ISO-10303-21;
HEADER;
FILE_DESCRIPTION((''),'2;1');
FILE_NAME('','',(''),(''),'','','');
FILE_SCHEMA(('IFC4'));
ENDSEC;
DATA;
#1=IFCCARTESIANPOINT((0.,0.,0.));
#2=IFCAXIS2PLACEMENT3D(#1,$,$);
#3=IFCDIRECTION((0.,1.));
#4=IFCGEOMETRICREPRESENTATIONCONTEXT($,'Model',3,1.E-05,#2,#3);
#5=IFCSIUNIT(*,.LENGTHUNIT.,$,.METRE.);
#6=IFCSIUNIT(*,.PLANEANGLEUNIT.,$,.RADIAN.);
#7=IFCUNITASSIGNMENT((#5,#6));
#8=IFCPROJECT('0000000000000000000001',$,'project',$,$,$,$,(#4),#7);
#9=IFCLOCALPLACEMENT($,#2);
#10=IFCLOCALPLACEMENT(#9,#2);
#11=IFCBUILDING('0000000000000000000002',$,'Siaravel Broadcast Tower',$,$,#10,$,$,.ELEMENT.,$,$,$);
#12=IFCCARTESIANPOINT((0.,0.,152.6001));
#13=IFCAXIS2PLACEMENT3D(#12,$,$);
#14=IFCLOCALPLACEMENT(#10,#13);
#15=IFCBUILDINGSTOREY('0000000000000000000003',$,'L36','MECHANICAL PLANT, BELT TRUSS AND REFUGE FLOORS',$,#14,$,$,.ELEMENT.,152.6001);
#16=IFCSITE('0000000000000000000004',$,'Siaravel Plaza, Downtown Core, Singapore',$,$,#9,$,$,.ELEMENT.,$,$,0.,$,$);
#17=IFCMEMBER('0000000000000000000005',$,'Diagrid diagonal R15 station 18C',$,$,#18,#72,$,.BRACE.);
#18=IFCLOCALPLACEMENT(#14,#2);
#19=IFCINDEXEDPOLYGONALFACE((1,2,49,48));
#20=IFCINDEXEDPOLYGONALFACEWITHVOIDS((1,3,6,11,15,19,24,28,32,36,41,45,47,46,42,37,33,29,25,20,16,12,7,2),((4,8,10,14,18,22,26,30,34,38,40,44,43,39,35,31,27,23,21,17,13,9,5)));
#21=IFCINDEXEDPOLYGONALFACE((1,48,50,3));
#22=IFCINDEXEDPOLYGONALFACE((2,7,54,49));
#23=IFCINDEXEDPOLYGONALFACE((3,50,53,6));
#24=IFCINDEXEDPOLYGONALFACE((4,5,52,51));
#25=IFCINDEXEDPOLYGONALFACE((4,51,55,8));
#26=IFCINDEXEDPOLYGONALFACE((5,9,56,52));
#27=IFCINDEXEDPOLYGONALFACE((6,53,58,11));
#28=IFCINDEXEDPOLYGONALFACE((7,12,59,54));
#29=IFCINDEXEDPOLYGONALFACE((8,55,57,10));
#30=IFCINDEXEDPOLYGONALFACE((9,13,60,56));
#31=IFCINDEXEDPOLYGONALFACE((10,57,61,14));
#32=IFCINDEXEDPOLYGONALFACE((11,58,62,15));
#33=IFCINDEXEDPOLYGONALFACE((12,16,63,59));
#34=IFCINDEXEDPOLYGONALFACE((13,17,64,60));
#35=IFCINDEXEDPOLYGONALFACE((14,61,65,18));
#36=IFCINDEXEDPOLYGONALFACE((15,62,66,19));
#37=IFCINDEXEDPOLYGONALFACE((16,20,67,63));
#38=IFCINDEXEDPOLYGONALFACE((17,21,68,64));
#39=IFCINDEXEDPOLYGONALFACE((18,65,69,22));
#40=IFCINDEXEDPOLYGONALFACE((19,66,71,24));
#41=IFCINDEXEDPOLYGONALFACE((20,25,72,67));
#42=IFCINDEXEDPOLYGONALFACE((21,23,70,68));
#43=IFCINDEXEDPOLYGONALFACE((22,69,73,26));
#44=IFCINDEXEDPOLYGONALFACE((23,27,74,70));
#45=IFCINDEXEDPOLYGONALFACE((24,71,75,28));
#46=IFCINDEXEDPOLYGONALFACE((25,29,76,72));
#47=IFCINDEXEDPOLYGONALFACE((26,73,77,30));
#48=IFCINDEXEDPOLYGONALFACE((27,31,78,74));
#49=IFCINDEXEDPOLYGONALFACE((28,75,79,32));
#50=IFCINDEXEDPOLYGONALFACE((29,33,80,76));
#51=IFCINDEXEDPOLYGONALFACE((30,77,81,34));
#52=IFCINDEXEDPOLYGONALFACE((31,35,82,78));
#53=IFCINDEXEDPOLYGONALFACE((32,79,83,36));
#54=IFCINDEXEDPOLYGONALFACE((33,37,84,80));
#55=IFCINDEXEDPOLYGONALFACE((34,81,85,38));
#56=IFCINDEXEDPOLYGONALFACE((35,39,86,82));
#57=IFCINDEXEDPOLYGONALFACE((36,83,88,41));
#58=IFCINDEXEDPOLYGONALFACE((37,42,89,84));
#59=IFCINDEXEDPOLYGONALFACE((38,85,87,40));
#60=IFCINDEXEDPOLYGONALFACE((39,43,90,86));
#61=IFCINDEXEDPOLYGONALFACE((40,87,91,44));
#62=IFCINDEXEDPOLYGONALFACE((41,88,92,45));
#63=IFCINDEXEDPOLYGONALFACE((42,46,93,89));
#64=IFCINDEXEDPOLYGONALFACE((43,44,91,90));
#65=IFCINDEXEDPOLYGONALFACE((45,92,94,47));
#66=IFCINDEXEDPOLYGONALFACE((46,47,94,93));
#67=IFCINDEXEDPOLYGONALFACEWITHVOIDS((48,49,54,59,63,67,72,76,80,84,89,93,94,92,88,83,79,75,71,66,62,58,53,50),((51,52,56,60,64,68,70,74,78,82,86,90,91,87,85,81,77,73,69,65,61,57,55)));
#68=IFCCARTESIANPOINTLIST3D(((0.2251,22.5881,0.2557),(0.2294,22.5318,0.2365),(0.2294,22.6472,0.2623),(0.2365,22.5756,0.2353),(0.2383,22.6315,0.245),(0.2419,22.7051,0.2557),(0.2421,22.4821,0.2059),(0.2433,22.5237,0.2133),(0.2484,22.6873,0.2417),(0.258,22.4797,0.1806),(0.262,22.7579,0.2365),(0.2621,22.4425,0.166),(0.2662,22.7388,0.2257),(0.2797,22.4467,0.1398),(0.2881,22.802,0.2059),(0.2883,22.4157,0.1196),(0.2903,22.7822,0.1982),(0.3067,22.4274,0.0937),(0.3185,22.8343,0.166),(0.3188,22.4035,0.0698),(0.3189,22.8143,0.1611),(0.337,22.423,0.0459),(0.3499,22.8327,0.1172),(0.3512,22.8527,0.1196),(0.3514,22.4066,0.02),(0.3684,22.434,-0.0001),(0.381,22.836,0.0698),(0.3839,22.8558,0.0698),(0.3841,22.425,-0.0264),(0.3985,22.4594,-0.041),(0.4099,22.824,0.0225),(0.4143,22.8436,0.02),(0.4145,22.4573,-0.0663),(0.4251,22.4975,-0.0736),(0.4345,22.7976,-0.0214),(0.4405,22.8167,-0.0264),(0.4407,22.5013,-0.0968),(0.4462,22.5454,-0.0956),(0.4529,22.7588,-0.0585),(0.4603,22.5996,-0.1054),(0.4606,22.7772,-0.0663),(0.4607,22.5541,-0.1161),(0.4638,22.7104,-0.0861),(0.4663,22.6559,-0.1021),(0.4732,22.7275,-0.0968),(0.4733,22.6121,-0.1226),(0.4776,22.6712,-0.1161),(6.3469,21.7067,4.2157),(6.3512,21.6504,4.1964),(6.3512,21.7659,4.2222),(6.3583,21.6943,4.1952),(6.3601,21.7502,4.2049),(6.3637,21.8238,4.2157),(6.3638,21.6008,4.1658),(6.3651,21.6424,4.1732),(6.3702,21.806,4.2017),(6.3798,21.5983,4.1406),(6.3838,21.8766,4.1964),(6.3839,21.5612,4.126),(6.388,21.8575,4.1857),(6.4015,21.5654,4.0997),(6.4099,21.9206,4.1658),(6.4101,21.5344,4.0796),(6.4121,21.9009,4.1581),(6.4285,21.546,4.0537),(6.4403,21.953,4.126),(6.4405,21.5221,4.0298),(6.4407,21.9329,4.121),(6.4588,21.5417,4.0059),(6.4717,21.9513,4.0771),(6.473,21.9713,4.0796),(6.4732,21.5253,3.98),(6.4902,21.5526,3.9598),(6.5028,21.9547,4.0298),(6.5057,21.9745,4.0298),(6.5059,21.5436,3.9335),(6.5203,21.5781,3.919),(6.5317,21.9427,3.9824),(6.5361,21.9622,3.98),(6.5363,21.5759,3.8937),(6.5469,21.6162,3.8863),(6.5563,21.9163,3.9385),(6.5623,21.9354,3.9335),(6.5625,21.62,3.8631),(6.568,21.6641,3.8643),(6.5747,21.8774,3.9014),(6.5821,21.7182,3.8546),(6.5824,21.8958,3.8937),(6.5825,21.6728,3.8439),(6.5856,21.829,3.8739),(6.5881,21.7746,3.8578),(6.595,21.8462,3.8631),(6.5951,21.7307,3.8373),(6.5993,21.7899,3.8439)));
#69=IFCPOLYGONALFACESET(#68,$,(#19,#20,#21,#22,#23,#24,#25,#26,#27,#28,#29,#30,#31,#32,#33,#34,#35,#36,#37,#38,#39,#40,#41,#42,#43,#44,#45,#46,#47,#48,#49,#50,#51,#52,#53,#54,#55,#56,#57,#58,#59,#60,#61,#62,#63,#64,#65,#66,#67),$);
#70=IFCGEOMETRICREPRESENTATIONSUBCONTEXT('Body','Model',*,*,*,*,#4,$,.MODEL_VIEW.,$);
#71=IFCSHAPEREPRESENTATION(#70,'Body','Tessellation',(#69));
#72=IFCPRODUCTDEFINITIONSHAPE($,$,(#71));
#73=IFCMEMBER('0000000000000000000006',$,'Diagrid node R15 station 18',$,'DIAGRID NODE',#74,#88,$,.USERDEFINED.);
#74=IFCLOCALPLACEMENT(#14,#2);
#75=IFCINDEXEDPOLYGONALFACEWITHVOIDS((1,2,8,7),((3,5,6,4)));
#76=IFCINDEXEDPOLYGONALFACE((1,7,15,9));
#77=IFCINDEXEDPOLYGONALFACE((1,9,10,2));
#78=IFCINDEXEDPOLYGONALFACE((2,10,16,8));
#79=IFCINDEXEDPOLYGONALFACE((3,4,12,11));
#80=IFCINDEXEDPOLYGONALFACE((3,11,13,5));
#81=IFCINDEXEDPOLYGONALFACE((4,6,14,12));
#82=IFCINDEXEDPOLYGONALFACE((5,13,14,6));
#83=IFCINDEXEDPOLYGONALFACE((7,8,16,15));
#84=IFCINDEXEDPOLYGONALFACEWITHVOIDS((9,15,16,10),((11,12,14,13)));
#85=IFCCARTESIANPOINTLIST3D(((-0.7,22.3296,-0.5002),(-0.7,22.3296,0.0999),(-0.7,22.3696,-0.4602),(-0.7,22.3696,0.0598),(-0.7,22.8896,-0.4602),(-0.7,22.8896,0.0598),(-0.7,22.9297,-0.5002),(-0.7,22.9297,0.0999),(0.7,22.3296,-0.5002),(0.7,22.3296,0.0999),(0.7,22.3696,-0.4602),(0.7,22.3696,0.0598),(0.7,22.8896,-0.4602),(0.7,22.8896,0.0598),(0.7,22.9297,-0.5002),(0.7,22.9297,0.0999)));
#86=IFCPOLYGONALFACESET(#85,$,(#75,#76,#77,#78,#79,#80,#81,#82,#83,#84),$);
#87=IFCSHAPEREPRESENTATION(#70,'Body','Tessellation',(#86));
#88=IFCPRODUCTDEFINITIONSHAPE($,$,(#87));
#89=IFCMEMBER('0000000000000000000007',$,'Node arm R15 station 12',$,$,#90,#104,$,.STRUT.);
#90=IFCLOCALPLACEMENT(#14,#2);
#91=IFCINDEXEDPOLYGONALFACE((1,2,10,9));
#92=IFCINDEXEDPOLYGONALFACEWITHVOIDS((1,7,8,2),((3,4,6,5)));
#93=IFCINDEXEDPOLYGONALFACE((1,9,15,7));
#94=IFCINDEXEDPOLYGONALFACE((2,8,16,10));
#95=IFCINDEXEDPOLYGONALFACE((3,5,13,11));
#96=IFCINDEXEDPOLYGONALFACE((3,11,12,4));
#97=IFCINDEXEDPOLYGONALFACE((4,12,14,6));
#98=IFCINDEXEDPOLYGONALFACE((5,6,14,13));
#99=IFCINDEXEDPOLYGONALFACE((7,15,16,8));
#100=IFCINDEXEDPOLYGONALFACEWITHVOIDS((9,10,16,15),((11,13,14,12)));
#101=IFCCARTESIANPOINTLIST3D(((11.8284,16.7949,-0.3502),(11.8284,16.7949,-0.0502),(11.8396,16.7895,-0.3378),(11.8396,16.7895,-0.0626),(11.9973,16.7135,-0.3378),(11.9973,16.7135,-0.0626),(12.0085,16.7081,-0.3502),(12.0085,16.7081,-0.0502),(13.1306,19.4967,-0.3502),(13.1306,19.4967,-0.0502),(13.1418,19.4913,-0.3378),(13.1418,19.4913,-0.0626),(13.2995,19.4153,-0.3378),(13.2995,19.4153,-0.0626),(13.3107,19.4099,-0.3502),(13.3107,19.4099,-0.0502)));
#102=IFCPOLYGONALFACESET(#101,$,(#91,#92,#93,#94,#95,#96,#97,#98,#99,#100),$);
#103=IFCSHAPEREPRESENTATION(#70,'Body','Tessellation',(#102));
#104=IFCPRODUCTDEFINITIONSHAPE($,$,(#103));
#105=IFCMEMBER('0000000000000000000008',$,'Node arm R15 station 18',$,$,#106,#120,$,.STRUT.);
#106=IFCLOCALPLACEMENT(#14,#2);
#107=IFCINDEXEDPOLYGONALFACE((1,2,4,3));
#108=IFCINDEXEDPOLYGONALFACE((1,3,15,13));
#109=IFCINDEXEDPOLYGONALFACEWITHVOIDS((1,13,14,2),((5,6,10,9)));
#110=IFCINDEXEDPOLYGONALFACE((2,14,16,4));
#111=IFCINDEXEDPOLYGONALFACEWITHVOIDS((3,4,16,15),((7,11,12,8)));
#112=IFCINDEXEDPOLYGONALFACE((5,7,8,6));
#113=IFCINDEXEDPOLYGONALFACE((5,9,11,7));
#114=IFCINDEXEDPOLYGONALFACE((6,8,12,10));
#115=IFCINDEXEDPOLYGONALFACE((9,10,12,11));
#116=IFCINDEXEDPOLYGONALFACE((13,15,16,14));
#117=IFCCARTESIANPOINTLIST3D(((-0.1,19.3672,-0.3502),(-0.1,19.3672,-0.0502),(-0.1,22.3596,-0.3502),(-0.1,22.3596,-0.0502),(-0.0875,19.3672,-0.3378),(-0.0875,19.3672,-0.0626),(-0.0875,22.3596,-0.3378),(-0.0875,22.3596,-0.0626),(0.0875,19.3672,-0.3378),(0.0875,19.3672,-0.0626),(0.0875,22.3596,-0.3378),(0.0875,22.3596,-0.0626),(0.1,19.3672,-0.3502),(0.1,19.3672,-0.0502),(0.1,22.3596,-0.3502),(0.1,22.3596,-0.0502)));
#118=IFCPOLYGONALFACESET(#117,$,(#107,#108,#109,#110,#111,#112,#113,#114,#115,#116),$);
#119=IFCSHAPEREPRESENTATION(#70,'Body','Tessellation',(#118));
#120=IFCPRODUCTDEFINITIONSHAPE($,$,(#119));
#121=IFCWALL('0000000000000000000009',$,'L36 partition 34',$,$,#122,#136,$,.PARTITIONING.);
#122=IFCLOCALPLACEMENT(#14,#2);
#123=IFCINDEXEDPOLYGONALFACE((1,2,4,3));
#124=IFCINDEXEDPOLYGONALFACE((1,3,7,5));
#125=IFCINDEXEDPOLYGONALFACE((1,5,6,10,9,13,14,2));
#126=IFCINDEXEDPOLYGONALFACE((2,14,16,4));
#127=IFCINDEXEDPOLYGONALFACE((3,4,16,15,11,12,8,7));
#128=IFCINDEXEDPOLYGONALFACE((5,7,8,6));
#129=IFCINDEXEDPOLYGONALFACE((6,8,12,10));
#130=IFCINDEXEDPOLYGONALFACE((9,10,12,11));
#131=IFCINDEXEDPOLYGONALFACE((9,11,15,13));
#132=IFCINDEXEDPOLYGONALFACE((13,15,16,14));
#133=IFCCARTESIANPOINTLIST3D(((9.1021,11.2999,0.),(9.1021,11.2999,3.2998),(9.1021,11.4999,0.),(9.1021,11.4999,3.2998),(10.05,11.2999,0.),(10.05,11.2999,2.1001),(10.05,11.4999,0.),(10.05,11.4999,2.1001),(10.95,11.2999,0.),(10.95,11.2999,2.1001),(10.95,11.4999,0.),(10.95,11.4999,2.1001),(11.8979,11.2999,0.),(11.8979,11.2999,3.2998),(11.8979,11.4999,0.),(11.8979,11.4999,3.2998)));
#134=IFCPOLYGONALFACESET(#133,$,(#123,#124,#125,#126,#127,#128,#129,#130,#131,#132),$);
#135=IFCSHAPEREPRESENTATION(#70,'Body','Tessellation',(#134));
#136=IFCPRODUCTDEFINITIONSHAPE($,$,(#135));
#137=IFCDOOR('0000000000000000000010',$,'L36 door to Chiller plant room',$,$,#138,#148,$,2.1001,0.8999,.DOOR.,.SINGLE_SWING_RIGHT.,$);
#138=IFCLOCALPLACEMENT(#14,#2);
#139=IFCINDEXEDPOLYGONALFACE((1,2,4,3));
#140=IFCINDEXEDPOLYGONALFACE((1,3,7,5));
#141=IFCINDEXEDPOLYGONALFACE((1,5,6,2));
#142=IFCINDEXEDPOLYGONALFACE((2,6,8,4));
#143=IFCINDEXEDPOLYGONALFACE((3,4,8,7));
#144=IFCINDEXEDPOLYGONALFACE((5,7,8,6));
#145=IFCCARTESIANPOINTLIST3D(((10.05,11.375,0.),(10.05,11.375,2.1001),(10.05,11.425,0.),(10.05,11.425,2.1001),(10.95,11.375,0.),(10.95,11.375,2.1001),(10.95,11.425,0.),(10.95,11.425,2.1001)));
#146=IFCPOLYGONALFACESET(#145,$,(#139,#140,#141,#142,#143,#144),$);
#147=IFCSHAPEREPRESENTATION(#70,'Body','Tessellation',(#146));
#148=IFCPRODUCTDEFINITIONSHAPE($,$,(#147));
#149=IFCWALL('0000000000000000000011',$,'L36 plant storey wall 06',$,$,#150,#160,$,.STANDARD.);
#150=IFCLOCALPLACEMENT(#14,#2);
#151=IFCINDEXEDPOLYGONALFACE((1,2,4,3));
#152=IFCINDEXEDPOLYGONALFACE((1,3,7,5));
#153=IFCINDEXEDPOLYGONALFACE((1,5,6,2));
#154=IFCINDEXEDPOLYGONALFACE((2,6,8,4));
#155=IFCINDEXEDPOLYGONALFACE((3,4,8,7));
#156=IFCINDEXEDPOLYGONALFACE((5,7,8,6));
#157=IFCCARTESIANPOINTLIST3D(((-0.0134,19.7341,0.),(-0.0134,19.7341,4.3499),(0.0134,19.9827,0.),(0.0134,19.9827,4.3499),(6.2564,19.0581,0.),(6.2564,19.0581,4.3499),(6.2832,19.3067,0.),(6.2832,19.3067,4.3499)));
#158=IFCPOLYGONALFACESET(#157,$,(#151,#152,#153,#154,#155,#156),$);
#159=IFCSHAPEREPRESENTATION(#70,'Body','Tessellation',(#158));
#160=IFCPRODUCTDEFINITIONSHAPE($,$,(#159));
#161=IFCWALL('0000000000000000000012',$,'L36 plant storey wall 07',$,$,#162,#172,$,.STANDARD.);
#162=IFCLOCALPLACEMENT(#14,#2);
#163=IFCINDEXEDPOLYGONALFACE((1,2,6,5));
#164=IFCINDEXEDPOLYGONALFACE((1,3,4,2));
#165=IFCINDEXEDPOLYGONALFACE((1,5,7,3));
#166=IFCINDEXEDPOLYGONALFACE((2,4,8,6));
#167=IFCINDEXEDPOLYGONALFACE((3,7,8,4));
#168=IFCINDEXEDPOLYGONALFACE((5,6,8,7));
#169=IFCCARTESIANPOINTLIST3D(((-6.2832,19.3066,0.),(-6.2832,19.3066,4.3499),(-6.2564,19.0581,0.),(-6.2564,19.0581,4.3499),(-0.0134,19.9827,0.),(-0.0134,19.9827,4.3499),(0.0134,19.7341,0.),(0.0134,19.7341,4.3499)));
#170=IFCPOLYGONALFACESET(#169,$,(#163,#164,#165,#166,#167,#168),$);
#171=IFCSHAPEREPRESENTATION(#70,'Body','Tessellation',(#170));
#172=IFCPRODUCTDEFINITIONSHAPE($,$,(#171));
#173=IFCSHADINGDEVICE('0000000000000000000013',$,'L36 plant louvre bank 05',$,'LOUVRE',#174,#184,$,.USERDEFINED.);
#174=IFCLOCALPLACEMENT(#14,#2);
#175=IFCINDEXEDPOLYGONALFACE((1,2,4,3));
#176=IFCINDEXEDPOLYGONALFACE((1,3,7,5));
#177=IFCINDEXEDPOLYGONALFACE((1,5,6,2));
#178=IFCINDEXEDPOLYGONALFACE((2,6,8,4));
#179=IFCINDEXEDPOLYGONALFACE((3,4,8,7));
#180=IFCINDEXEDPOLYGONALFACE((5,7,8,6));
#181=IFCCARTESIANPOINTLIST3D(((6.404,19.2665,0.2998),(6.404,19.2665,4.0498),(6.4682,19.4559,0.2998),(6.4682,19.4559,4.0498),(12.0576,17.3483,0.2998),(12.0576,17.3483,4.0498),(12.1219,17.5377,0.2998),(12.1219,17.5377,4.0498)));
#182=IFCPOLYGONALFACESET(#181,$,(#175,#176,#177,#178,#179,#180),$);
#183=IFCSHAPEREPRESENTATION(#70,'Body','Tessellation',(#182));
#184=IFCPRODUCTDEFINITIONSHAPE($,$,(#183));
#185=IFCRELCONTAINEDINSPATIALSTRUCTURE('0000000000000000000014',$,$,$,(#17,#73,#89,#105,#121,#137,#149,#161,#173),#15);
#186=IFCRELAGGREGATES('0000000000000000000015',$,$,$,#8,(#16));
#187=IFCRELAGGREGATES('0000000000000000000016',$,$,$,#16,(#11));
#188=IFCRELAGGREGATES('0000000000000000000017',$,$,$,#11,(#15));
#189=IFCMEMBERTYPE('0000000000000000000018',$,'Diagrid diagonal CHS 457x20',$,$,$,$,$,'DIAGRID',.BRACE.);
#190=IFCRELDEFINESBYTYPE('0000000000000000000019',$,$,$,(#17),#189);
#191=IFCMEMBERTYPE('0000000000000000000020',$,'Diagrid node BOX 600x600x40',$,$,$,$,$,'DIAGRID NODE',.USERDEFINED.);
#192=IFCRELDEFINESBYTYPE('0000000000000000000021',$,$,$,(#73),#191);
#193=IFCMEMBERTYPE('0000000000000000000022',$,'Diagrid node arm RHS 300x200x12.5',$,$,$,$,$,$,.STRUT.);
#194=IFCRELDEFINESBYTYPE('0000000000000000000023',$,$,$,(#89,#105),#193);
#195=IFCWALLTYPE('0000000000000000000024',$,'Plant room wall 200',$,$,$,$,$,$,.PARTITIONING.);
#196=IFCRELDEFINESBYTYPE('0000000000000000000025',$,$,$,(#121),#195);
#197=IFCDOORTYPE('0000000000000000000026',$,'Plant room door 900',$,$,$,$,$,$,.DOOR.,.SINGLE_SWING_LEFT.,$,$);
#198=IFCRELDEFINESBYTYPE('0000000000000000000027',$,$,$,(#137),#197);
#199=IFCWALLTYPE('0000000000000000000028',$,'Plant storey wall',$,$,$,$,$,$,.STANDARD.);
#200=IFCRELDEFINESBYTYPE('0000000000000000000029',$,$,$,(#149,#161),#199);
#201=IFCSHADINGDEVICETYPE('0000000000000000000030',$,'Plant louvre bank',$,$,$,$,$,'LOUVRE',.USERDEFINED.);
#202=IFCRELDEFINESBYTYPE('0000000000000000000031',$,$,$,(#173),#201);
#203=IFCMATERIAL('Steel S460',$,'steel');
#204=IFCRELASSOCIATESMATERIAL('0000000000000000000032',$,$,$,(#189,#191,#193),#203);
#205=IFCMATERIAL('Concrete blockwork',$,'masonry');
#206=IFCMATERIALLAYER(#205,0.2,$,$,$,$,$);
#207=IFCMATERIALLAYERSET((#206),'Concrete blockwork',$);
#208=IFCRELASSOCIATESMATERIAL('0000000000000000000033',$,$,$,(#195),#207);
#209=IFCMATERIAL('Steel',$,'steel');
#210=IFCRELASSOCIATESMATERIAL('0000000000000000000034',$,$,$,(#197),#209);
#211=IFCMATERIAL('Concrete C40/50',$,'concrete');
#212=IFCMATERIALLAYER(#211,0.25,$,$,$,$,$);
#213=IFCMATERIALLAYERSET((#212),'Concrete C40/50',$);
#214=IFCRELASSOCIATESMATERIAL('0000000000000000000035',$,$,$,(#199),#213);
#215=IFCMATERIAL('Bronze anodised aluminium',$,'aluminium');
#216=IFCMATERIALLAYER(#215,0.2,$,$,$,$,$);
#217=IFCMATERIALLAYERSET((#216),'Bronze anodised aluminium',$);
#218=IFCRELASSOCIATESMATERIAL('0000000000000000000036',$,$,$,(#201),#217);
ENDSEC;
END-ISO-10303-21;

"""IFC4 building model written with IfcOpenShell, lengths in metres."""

from ifc_helpers import new_model, si_unit, direction, frame, frame_2d, origin, origin_2d, place, context, subcontext, project, spatial, rectangle, hollow_rectangle, hollow_circle, extrude, material, layer, layer_set, material_profile, profile_set, type_object, element, fill, save


model = new_model("IFC4")

# Units and contexts
model_context = context("Model", 3, precision=1e-05, world=origin(), true_north=direction((0.0, 1.0)))
body_context = subcontext(model_context, "Body", "Model", "MODEL_VIEW")
ifc_project = project(units=[si_unit("LENGTHUNIT", "METRE"), si_unit("PLANEANGLEUNIT", "RADIAN")], contexts=[model_context])

# Site, building, storey
site_placement = place(None, origin())
site = spatial("IfcSite", under=ifc_project, at=site_placement, Name="Siaravel Plaza, Downtown Core, Singapore", CompositionType="ELEMENT", RefElevation=0.0)
building_placement = place(site_placement, origin())
building = spatial("IfcBuilding", under=site, at=building_placement, Name="Siaravel Broadcast Tower", CompositionType="ELEMENT")
storey_placement = place(building_placement, frame((0.0, 0.0, 152.6001)))
storey = spatial("IfcBuildingStorey", under=building, at=storey_placement, Name="L36", Description="MECHANICAL PLANT, BELT TRUSS AND REFUGE FLOORS", CompositionType="ELEMENT", Elevation=152.6001)

# Shared definitions
ifc_material_1 = material(Name="Steel S460", Category="steel")

# Members
ifc_material_profile_1 = material_profile(ifc_material_1, hollow_circle(Radius=0.2285, WallThickness=0.02, at=origin_2d()))
ifc_profile_set_1 = profile_set([ifc_material_profile_1], Name="Steel S460")
member_type_1 = type_object("IfcMemberType", Name="Diagrid diagonal CHS 457x20", ElementType="DIAGRID", PredefinedType="BRACE", material=ifc_profile_set_1)
member_1_placement = place(storey_placement, frame((0.3513, 22.6296, 0.0698), z_axis=(0.833578, -0.120009, 0.539208), x_axis=(0.142499, 0.989795, 0.0)))
element("IfcMember", 1, at=member_1_placement, inside=storey, type_object=member_type_1, Name="Diagrid diagonal R15 station 18C", PredefinedType="BRACE", context=body_context, shape_type="SweptSolid", body=[
    extrude(hollow_circle(Radius=0.2285, WallThickness=0.02, at=origin_2d()), origin(), (0.0, 0.0, 1.0), 7.344),
])
ifc_material_profile_2 = material_profile(ifc_material_1, hollow_rectangle(XDim=0.6001, YDim=0.6001, WallThickness=0.04, at=origin_2d()))
ifc_profile_set_2 = profile_set([ifc_material_profile_2], Name="Steel S460")
member_type_2 = type_object("IfcMemberType", Name="Diagrid node BOX 600x600x40", ElementType="DIAGRID NODE", PredefinedType="USERDEFINED", material=ifc_profile_set_2)
member_2_placement = place(storey_placement, frame((0.7, 22.6296, -0.2002), z_axis=(-1.0, 0.0, 0.0), x_axis=(0.0, -1.0, 0.0)))
element("IfcMember", 2, at=member_2_placement, inside=storey, type_object=member_type_2, Name="Diagrid node R15 station 18", ObjectType="DIAGRID NODE", PredefinedType="USERDEFINED", context=body_context, shape_type="SweptSolid", body=[
    extrude(hollow_rectangle(XDim=0.6001, YDim=0.6001, WallThickness=0.04, at=origin_2d()), origin(), (0.0, 0.0, 1.0), 1.3999),
])
ifc_material_profile_3 = material_profile(ifc_material_1, hollow_rectangle(XDim=0.2, YDim=0.3, WallThickness=0.0125, at=origin_2d()))
ifc_profile_set_3 = profile_set([ifc_material_profile_3], Name="Steel S460")
member_type_3 = type_object("IfcMemberType", Name="Diagrid node arm RHS 300x200x12.5", PredefinedType="STRUT", material=ifc_profile_set_3)
member_3_placement = place(storey_placement, frame((11.9185, 16.7515, -0.2002), z_axis=(0.434175, 0.900828, 0.0), x_axis=(-0.900828, 0.434175, 0.0)))
element("IfcMember", 3, at=member_3_placement, inside=storey, type_object=member_type_3, Name="Node arm R15 station 12", PredefinedType="STRUT", context=body_context, shape_type="SweptSolid", body=[
    extrude(hollow_rectangle(XDim=0.2, YDim=0.3, WallThickness=0.0125, at=origin_2d()), origin(), (0.0, 0.0, 1.0), 2.9993),
])
member_4_placement = place(storey_placement, frame((0.0, 19.3672, -0.2002), z_axis=(0.0, 1.0, 0.0), x_axis=(-1.0, 0.0, 0.0)))
element("IfcMember", 4, at=member_4_placement, inside=storey, type_object=member_type_3, Name="Node arm R15 station 18", PredefinedType="STRUT", context=body_context, shape_type="SweptSolid", body=[
    extrude(hollow_rectangle(XDim=0.2, YDim=0.3, WallThickness=0.0125, at=origin_2d()), origin(), (0.0, 0.0, 1.0), 2.9924),
])

# Wall, opening, door
ifc_material_2 = material(Name="Concrete blockwork", Category="masonry")
ifc_layer_1 = layer(ifc_material_2, 0.2)
ifc_layer_set_1 = layer_set([ifc_layer_1], Name="Concrete blockwork")
wall_type_1 = type_object("IfcWallType", Name="Plant room wall 200", PredefinedType="PARTITIONING", material=ifc_layer_set_1)
wall_placement = place(storey_placement, frame((11.8979, 11.3999, 0.0), z_axis=(0.0, 0.0, 1.0), x_axis=(-1.0, 0.0, 0.0)))
wall = element("IfcWall", 5, at=wall_placement, inside=storey, type_object=wall_type_1, Name="L36 partition 34", PredefinedType="PARTITIONING", context=body_context, shape_type="SweptSolid", body=[
    extrude(rectangle(XDim=2.7959, YDim=0.2, at=frame_2d((1.3979, 0.0))), origin(), (0.0, 0.0, 1.0), 3.2998),
])
opening_placement = place(wall_placement, frame((0.948, 0.0, 0.0)))
opening = element("IfcOpeningElement", 6, at=opening_placement, cuts=wall, PredefinedType="OPENING", context=body_context, shape_type="SweptSolid", body=[
    extrude(rectangle(XDim=0.8999, YDim=2.1001, at=frame_2d((0.45, 1.05))), frame((0.0, 0.1099, 0.0), z_axis=(0.0, -1.0, 0.0), x_axis=(1.0, 0.0, 0.0)), (0.0, 0.0, 1.0), 0.22),
])
ifc_material_3 = material(Name="Steel", Category="steel")
door_type = type_object("IfcDoorType", Name="Plant room door 900", OperationType="SINGLE_SWING_LEFT", PredefinedType="DOOR", material=ifc_material_3)
door_placement = place(opening_placement, origin())
door = element("IfcDoor", 7, at=door_placement, inside=storey, type_object=door_type, Name="L36 door to Chiller plant room", OperationType="SINGLE_SWING_RIGHT", OverallHeight=2.1001, OverallWidth=0.8999, PredefinedType="DOOR", context=body_context, shape_type="SweptSolid", body=[
    extrude(rectangle(XDim=0.8999, YDim=2.1001, at=frame_2d((0.45, 1.05))), frame((0.0, 0.0249, 0.0), z_axis=(0.0, -1.0, 0.0), x_axis=(1.0, 0.0, 0.0)), (0.0, 0.0, 1.0), 0.05),
])
fill(opening, door)

# Walls
ifc_material_4 = material(Name="Concrete C40/50", Category="concrete")
ifc_layer_2 = layer(ifc_material_4, 0.25)
ifc_layer_set_2 = layer_set([ifc_layer_2], Name="Concrete C40/50")
wall_type_2 = type_object("IfcWallType", Name="Plant storey wall", PredefinedType="STANDARD", material=ifc_layer_set_2)
for number, where, z_axis, x_axis, name in (
    (8, (6.2698, 19.1824, 0.0), (0.0, 0.0, 1.0), (-0.994237, 0.107202, 0.0), "L36 plant storey wall 06"),
    (9, (0.0, 19.8584, 0.0), (0.0, 0.0, 1.0), (-0.994237, -0.107202, 0.0), "L36 plant storey wall 07"),
):
    element("IfcWall", number, at=place(storey_placement, frame(where, z_axis=z_axis, x_axis=x_axis)), inside=storey, type_object=wall_type_2, Name=name, PredefinedType="STANDARD", context=body_context, shape_type="SweptSolid", body=[
        extrude(rectangle(XDim=6.3062, YDim=0.25, at=frame_2d((3.1531, 0.0))), origin(), (0.0, 0.0, 1.0), 4.3499),
    ])

# Shading device
ifc_material_5 = material(Name="Bronze anodised aluminium", Category="aluminium")
ifc_layer_3 = layer(ifc_material_5, 0.2)
ifc_layer_set_3 = layer_set([ifc_layer_3], Name="Bronze anodised aluminium")
shading_device_type = type_object("IfcShadingDeviceType", Name="Plant louvre bank", ElementType="LOUVRE", PredefinedType="USERDEFINED", material=ifc_layer_set_3)
shading_device_1_placement = place(storey_placement, frame((9.2629, 18.4021, 0.2998), z_axis=(0.0, 0.0, 1.0), x_axis=(-0.946977, 0.321301, 0.0)))
element("IfcShadingDevice", 10, at=shading_device_1_placement, inside=storey, type_object=shading_device_type, Name="L36 plant louvre bank 05", ObjectType="LOUVRE", PredefinedType="USERDEFINED", context=body_context, shape_type="SweptSolid", body=[
    extrude(rectangle(XDim=5.9702, YDim=0.2, at=origin_2d()), origin(), (0.0, 0.0, 1.0), 3.75),
])

save(model, "model.ifc")
